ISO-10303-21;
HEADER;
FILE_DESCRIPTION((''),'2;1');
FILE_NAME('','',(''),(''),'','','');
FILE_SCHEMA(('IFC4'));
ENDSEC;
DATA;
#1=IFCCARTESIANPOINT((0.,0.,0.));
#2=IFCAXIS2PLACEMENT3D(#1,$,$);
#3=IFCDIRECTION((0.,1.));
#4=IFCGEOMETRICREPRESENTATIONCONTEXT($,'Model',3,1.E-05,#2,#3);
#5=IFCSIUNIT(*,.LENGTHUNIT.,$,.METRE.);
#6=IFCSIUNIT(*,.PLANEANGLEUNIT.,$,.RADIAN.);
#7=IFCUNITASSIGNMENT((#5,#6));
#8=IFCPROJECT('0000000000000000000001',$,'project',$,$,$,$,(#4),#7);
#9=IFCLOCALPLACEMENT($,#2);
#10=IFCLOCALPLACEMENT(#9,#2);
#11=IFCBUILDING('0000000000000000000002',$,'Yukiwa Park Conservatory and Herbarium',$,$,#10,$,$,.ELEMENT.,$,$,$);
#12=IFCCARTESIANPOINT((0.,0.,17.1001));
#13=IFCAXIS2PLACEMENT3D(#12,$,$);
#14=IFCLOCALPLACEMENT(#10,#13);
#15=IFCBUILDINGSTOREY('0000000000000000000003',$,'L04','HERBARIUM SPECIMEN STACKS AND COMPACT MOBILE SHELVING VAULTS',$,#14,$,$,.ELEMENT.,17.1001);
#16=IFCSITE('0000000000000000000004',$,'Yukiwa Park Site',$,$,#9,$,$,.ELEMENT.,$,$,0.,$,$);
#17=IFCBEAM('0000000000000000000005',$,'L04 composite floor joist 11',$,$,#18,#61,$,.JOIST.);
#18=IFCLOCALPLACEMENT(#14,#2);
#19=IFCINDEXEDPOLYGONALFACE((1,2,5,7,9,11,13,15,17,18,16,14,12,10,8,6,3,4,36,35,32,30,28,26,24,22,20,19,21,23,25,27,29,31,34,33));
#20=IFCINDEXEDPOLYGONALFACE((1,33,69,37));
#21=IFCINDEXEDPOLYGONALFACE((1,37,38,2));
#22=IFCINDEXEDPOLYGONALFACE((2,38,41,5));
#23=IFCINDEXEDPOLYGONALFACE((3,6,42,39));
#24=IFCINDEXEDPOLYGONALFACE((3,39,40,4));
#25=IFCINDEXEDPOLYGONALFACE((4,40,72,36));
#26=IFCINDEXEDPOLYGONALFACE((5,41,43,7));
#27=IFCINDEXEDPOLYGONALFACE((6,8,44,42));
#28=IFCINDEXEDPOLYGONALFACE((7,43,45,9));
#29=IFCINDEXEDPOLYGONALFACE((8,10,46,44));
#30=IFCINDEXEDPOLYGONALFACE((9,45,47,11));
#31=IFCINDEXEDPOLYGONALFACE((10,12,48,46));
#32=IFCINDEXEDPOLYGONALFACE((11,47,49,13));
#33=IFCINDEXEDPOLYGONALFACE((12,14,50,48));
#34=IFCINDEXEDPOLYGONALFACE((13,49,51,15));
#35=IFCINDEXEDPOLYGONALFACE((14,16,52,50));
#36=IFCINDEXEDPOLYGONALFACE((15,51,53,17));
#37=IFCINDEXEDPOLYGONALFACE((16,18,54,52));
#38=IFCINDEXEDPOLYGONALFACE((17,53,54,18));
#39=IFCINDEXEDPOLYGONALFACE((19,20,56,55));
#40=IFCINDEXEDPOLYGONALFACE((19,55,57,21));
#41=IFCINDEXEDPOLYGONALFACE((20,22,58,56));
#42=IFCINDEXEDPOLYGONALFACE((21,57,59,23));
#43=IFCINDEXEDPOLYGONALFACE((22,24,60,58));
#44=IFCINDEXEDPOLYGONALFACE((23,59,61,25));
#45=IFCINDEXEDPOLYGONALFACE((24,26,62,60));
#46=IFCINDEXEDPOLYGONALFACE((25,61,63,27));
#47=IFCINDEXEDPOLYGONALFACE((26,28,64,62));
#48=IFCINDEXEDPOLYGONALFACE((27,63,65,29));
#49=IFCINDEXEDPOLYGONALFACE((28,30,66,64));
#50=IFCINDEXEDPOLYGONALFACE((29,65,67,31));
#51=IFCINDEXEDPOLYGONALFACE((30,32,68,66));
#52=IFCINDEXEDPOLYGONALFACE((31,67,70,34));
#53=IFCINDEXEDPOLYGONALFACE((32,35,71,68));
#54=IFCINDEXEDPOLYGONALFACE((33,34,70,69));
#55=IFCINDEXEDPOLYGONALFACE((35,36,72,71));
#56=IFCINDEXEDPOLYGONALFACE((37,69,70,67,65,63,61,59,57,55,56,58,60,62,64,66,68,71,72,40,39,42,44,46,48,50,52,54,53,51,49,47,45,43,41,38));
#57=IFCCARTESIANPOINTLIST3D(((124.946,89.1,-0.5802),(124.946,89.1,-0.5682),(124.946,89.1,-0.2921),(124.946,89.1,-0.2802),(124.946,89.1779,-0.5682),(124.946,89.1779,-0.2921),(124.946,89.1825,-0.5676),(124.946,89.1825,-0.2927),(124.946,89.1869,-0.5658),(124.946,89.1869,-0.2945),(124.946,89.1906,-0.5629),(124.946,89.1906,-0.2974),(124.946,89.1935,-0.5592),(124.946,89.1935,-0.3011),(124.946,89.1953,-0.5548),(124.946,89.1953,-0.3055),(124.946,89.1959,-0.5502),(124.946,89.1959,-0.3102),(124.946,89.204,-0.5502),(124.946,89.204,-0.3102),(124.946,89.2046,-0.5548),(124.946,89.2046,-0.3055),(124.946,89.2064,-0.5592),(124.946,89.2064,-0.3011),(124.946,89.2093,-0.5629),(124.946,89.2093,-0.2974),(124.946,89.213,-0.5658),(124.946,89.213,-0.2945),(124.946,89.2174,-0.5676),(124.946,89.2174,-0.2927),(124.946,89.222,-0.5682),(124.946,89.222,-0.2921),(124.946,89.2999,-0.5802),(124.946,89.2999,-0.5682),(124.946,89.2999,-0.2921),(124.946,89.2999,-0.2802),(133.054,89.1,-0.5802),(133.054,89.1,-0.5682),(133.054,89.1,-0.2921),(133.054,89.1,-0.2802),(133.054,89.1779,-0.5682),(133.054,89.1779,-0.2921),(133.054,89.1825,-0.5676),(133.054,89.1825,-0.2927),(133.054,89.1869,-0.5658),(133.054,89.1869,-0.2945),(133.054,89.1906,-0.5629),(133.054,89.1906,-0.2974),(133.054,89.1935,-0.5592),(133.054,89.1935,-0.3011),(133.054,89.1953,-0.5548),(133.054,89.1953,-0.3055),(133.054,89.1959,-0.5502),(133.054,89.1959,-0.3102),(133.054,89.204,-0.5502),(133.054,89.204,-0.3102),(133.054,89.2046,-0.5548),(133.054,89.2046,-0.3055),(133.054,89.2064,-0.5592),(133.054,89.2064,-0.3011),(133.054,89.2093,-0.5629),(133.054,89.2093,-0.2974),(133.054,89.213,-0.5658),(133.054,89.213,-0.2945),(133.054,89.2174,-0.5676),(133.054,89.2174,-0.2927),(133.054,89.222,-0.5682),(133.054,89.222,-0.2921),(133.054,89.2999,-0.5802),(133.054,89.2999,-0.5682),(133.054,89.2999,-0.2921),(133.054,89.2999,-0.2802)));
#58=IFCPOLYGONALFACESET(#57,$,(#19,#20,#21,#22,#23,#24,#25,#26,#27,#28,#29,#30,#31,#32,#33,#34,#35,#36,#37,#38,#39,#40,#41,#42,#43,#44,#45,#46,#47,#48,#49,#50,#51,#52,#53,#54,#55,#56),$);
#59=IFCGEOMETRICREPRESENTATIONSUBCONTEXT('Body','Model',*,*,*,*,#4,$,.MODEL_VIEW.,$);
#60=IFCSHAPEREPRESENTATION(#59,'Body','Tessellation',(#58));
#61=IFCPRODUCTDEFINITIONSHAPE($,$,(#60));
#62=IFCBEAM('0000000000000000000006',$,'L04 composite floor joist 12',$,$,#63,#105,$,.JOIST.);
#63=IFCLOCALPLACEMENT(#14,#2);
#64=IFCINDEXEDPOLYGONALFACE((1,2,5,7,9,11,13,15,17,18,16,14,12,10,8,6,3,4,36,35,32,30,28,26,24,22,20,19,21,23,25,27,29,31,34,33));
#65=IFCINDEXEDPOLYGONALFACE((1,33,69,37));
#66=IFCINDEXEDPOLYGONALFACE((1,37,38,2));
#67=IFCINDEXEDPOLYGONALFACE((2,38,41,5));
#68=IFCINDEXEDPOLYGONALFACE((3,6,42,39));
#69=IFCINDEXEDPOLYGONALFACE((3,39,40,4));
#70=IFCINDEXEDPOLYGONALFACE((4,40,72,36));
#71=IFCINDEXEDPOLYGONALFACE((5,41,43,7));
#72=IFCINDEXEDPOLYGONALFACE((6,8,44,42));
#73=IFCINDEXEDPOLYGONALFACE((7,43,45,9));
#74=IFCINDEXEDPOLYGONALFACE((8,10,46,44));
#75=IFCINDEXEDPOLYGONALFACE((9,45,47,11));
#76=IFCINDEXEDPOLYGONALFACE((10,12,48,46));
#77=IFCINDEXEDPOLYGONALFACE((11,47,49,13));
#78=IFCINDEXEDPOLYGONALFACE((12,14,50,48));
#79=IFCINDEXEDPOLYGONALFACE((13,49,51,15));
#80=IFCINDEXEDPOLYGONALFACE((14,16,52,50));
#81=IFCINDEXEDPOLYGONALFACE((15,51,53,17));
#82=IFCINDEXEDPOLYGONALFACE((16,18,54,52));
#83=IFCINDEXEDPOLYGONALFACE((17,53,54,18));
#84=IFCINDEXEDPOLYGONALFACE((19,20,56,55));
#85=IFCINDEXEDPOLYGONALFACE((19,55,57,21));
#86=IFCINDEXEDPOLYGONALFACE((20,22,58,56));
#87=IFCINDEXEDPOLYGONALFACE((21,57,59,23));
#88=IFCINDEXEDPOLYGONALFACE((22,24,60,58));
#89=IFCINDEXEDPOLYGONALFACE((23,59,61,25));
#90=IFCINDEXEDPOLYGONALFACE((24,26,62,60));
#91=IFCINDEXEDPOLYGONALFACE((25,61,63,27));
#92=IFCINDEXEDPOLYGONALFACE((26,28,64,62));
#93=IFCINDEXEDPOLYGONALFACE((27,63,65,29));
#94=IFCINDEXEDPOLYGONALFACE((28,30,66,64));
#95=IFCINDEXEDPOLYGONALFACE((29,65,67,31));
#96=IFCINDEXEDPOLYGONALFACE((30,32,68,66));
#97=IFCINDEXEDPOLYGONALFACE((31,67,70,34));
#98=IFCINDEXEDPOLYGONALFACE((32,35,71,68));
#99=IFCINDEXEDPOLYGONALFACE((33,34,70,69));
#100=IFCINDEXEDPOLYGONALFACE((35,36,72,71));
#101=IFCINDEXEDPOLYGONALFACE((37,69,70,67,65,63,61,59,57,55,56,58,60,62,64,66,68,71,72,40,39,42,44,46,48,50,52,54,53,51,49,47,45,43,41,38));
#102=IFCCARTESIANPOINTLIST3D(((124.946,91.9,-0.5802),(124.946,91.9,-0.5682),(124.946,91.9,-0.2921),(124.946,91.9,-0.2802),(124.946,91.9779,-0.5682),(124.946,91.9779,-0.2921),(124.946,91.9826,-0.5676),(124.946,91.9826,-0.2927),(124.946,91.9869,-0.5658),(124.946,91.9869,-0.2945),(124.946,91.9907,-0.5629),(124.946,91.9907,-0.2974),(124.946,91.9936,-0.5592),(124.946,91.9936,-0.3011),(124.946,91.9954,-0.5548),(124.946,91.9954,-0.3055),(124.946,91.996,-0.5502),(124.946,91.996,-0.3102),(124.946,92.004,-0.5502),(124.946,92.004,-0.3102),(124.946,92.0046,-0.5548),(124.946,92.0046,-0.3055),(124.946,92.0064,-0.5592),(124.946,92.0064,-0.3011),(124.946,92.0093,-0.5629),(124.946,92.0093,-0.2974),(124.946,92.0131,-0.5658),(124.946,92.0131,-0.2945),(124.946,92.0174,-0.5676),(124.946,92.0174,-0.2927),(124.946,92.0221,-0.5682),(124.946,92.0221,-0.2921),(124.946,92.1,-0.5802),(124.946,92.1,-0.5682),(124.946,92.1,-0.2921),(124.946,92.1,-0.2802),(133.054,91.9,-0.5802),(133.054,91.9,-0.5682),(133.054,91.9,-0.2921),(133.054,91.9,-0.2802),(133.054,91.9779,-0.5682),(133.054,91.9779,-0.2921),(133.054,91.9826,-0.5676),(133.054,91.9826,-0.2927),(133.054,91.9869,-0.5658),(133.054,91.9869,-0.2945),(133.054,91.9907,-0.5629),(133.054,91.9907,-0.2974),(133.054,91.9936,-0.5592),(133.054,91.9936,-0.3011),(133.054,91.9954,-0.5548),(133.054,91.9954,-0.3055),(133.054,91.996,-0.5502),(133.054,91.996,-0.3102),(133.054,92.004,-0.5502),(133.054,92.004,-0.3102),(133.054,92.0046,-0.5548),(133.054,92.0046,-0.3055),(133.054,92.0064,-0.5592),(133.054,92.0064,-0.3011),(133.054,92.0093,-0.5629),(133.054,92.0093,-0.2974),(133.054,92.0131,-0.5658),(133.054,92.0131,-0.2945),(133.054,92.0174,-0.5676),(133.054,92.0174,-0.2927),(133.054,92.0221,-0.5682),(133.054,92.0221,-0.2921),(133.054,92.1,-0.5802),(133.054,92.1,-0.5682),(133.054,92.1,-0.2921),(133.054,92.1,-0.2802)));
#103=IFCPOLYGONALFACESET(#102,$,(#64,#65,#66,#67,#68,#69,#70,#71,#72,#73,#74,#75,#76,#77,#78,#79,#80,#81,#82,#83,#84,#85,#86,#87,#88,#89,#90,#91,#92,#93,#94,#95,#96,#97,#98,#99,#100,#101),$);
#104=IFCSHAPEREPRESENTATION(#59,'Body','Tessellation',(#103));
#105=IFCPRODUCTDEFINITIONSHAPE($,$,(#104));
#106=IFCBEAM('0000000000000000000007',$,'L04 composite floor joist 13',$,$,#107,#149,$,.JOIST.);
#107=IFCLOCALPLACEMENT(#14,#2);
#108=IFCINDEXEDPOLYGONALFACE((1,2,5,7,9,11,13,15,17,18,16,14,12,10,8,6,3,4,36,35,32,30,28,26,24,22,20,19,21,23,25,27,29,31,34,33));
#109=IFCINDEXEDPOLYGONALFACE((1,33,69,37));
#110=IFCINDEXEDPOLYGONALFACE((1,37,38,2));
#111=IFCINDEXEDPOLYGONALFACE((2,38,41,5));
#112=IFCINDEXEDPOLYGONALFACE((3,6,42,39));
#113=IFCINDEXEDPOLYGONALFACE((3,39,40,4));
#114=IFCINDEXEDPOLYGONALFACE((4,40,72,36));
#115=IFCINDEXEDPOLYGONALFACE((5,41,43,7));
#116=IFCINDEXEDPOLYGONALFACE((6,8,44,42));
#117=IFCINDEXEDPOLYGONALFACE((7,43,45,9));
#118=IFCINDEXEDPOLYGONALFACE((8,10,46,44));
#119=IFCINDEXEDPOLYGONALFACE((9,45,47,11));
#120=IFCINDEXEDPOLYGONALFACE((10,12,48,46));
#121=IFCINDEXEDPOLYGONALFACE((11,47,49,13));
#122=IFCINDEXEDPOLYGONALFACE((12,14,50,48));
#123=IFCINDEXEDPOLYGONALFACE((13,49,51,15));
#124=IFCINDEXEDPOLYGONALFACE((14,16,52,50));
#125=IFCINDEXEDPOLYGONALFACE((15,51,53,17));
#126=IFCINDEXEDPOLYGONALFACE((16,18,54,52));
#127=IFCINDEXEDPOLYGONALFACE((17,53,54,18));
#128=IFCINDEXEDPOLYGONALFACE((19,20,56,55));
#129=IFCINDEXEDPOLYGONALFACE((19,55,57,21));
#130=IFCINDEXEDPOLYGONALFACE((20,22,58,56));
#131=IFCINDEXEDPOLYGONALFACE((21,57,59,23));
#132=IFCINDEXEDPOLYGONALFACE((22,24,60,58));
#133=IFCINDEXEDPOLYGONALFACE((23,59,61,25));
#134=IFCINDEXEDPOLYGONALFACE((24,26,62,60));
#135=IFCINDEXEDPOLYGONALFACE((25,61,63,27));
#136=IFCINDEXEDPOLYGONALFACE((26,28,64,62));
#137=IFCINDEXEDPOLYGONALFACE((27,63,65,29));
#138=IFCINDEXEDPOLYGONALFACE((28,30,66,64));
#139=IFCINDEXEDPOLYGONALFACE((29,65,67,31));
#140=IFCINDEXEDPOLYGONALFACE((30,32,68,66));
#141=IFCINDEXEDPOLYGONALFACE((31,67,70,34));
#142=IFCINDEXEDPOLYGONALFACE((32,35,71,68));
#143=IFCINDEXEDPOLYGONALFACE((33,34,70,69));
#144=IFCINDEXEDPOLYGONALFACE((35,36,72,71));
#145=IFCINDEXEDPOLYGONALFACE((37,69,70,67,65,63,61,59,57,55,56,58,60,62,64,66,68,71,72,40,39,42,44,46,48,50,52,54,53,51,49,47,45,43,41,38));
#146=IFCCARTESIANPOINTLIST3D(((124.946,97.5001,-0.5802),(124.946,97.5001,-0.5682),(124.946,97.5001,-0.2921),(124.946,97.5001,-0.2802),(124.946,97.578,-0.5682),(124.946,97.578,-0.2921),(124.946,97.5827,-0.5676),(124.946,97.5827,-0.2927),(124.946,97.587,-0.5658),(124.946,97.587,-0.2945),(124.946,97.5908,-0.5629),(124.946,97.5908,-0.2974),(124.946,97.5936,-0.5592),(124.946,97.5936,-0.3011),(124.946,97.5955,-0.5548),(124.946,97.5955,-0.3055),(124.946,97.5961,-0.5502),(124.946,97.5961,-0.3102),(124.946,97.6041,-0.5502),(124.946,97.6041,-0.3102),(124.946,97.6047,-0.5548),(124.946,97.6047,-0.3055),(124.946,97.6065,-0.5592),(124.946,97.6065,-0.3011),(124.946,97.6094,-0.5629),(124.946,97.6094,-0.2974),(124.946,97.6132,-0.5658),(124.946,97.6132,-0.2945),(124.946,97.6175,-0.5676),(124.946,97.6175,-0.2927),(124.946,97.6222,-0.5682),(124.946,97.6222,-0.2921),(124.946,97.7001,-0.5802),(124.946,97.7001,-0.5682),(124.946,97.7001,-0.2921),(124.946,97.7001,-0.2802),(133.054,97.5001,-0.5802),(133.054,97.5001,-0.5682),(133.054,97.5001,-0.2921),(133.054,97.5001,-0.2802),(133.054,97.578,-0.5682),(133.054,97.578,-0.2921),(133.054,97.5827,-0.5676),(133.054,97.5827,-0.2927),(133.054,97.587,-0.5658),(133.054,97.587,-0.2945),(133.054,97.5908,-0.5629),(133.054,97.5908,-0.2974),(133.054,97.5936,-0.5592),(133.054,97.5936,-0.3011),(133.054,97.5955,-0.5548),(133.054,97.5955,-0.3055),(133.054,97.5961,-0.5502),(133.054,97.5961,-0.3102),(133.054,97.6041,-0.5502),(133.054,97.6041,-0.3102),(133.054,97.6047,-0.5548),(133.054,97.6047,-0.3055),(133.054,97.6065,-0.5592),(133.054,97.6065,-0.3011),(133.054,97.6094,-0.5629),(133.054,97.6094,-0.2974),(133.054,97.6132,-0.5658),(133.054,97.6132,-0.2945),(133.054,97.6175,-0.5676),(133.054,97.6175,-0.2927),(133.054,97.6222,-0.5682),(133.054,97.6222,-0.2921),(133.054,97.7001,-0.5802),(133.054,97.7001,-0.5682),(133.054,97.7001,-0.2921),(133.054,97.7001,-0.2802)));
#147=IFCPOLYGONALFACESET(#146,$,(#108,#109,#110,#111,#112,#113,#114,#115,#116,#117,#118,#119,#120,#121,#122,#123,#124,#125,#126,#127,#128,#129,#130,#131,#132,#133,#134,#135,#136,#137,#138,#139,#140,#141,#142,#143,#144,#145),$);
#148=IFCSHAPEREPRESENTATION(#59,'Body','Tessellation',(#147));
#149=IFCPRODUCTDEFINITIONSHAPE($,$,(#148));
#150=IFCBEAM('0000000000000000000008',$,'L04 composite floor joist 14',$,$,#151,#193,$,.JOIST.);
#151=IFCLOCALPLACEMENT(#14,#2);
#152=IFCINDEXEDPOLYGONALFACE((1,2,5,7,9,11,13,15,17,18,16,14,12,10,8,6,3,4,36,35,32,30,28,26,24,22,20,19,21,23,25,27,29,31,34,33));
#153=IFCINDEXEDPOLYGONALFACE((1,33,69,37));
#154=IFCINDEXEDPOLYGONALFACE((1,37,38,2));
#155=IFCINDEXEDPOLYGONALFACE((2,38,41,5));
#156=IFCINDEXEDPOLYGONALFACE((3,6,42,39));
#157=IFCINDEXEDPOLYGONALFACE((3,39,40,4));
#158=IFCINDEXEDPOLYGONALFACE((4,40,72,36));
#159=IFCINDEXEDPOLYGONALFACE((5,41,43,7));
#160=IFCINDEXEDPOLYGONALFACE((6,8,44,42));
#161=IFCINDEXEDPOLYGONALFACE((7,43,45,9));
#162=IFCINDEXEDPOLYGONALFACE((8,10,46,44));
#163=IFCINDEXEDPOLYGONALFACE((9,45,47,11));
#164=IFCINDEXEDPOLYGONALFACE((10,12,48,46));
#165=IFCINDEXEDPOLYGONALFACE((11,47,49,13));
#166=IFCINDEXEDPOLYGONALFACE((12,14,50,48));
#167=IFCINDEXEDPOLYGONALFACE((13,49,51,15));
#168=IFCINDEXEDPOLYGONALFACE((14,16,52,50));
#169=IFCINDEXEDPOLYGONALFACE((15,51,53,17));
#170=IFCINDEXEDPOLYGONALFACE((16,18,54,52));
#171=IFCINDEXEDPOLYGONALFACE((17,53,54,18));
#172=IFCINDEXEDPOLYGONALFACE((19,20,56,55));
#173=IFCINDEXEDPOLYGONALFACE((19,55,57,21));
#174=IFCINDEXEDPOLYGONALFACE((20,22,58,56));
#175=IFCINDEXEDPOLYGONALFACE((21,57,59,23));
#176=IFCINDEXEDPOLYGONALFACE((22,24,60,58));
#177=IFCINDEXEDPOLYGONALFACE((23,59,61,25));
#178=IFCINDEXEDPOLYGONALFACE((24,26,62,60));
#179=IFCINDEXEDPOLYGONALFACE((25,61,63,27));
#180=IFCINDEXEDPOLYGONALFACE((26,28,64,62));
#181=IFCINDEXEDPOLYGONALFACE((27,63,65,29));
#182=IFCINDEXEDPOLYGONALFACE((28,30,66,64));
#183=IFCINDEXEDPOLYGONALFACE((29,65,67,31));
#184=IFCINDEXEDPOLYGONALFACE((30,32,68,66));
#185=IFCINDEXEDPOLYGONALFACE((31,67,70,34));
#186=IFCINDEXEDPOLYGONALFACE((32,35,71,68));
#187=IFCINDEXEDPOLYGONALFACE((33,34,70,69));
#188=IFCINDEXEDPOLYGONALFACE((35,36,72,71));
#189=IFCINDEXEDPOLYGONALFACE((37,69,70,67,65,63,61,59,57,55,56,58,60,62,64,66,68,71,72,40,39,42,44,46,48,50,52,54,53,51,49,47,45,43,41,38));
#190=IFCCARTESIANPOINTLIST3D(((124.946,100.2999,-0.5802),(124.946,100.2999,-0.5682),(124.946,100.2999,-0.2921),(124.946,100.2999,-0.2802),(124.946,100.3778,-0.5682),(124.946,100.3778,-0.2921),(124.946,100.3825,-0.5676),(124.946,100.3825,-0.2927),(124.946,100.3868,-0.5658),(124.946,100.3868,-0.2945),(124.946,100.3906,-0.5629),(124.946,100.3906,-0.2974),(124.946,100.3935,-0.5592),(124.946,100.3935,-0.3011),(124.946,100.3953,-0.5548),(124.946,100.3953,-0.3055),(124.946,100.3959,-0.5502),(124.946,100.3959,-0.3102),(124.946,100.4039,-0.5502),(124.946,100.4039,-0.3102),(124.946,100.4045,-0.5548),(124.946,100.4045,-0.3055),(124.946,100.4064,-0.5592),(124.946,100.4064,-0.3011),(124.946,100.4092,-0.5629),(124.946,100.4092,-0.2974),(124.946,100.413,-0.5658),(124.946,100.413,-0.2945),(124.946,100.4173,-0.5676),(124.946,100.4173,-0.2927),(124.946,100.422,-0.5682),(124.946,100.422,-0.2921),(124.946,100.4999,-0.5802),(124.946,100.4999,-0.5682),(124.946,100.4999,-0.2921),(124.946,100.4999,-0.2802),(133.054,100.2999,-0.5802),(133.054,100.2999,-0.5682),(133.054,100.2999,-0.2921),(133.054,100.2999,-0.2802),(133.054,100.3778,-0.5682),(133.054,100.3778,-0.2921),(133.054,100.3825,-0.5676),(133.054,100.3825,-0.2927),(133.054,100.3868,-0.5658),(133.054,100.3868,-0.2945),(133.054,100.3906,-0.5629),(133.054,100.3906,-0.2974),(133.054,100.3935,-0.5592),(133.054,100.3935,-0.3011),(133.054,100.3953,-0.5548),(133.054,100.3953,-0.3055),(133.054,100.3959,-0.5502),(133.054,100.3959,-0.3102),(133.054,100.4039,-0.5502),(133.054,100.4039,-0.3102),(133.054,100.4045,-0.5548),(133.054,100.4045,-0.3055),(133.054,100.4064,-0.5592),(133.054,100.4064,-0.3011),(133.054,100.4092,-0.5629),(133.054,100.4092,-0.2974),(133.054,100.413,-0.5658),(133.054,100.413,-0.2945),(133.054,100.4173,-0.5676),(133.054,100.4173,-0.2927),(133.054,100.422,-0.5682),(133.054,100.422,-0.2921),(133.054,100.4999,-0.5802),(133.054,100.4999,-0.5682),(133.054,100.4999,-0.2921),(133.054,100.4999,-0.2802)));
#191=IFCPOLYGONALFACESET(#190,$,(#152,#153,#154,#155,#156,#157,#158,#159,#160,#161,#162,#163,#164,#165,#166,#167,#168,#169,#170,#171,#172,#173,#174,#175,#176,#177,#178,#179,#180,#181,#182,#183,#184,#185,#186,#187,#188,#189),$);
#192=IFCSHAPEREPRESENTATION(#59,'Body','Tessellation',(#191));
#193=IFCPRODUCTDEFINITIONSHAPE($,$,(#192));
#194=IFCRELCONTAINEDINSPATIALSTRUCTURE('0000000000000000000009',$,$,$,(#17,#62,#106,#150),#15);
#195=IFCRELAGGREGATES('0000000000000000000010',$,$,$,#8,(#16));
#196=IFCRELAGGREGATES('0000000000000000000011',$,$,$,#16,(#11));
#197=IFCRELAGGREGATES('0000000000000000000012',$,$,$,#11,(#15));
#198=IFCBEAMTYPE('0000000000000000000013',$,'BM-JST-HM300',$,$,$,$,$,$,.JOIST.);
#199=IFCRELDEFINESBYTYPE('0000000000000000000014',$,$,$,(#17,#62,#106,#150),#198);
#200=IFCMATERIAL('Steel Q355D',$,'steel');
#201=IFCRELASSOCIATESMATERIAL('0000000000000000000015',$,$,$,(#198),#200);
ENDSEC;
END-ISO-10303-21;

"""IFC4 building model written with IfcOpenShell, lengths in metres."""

from ifc_helpers import new_model, si_unit, direction, frame, origin, origin_2d, place, context, subcontext, project, spatial, i_section, extrude, material, material_profile, profile_set, type_object, element, save


model = new_model("IFC4")

# Units and contexts
model_context = context("Model", 3, precision=1e-05, world=origin(), true_north=direction((0.0, 1.0)))
body_context = subcontext(model_context, "Body", "Model", "MODEL_VIEW")
ifc_project = project(units=[si_unit("LENGTHUNIT", "METRE"), si_unit("PLANEANGLEUNIT", "RADIAN")], contexts=[model_context])

# Site, building, storey
site_placement = place(None, origin())
site = spatial("IfcSite", under=ifc_project, at=site_placement, Name="Yukiwa Park Site", CompositionType="ELEMENT", RefElevation=0.0)
building_placement = place(site_placement, origin())
building = spatial("IfcBuilding", under=site, at=building_placement, Name="Yukiwa Park Conservatory and Herbarium", CompositionType="ELEMENT")
storey_placement = place(building_placement, frame((0.0, 0.0, 17.1001)))
storey = spatial("IfcBuildingStorey", under=building, at=storey_placement, Name="L04", Description="HERBARIUM SPECIMEN STACKS AND COMPACT MOBILE SHELVING VAULTS", CompositionType="ELEMENT", Elevation=17.1001)

# Beams
ifc_material_1 = material(Name="Steel Q355D", Category="steel")
ifc_material_profile_1 = material_profile(ifc_material_1, i_section(OverallWidth=0.2, OverallDepth=0.3, WebThickness=0.0081, FlangeThickness=0.012, FilletRadius=0.0181, at=origin_2d()), Name="HM 300x200x8x12")
ifc_profile_set_1 = profile_set([ifc_material_profile_1], Name="Steel Q355D")
beam_type_1 = type_object("IfcBeamType", Name="BM-JST-HM300", PredefinedType="JOIST", material=ifc_profile_set_1)
for number, where, z_axis, x_axis, name in (
    (1, (124.946, 89.2, -0.4302), (1.0, 0.0, 0.0), (0.0, 1.0, 0.0), "L04 composite floor joist 11"),
    (2, (124.946, 92.0, -0.4302), (1.0, 0.0, 0.0), (0.0, 1.0, 0.0), "L04 composite floor joist 12"),
    (3, (124.946, 97.6001, -0.4302), (1.0, 0.0, 0.0), (0.0, 1.0, 0.0), "L04 composite floor joist 13"),
    (4, (124.946, 100.3999, -0.4302), (1.0, 0.0, 0.0), (0.0, 1.0, 0.0), "L04 composite floor joist 14"),
):
    element("IfcBeam", number, at=place(storey_placement, frame(where, z_axis=z_axis, x_axis=x_axis)), inside=storey, type_object=beam_type_1, Name=name, PredefinedType="JOIST", context=body_context, shape_type="SweptSolid", body=[
        extrude(i_section(OverallWidth=0.2, OverallDepth=0.3, WebThickness=0.0081, FlangeThickness=0.012, FilletRadius=0.0181, at=origin_2d()), origin(), (0.0, 0.0, 1.0), 8.1079),
    ])

save(model, "model.ifc")
